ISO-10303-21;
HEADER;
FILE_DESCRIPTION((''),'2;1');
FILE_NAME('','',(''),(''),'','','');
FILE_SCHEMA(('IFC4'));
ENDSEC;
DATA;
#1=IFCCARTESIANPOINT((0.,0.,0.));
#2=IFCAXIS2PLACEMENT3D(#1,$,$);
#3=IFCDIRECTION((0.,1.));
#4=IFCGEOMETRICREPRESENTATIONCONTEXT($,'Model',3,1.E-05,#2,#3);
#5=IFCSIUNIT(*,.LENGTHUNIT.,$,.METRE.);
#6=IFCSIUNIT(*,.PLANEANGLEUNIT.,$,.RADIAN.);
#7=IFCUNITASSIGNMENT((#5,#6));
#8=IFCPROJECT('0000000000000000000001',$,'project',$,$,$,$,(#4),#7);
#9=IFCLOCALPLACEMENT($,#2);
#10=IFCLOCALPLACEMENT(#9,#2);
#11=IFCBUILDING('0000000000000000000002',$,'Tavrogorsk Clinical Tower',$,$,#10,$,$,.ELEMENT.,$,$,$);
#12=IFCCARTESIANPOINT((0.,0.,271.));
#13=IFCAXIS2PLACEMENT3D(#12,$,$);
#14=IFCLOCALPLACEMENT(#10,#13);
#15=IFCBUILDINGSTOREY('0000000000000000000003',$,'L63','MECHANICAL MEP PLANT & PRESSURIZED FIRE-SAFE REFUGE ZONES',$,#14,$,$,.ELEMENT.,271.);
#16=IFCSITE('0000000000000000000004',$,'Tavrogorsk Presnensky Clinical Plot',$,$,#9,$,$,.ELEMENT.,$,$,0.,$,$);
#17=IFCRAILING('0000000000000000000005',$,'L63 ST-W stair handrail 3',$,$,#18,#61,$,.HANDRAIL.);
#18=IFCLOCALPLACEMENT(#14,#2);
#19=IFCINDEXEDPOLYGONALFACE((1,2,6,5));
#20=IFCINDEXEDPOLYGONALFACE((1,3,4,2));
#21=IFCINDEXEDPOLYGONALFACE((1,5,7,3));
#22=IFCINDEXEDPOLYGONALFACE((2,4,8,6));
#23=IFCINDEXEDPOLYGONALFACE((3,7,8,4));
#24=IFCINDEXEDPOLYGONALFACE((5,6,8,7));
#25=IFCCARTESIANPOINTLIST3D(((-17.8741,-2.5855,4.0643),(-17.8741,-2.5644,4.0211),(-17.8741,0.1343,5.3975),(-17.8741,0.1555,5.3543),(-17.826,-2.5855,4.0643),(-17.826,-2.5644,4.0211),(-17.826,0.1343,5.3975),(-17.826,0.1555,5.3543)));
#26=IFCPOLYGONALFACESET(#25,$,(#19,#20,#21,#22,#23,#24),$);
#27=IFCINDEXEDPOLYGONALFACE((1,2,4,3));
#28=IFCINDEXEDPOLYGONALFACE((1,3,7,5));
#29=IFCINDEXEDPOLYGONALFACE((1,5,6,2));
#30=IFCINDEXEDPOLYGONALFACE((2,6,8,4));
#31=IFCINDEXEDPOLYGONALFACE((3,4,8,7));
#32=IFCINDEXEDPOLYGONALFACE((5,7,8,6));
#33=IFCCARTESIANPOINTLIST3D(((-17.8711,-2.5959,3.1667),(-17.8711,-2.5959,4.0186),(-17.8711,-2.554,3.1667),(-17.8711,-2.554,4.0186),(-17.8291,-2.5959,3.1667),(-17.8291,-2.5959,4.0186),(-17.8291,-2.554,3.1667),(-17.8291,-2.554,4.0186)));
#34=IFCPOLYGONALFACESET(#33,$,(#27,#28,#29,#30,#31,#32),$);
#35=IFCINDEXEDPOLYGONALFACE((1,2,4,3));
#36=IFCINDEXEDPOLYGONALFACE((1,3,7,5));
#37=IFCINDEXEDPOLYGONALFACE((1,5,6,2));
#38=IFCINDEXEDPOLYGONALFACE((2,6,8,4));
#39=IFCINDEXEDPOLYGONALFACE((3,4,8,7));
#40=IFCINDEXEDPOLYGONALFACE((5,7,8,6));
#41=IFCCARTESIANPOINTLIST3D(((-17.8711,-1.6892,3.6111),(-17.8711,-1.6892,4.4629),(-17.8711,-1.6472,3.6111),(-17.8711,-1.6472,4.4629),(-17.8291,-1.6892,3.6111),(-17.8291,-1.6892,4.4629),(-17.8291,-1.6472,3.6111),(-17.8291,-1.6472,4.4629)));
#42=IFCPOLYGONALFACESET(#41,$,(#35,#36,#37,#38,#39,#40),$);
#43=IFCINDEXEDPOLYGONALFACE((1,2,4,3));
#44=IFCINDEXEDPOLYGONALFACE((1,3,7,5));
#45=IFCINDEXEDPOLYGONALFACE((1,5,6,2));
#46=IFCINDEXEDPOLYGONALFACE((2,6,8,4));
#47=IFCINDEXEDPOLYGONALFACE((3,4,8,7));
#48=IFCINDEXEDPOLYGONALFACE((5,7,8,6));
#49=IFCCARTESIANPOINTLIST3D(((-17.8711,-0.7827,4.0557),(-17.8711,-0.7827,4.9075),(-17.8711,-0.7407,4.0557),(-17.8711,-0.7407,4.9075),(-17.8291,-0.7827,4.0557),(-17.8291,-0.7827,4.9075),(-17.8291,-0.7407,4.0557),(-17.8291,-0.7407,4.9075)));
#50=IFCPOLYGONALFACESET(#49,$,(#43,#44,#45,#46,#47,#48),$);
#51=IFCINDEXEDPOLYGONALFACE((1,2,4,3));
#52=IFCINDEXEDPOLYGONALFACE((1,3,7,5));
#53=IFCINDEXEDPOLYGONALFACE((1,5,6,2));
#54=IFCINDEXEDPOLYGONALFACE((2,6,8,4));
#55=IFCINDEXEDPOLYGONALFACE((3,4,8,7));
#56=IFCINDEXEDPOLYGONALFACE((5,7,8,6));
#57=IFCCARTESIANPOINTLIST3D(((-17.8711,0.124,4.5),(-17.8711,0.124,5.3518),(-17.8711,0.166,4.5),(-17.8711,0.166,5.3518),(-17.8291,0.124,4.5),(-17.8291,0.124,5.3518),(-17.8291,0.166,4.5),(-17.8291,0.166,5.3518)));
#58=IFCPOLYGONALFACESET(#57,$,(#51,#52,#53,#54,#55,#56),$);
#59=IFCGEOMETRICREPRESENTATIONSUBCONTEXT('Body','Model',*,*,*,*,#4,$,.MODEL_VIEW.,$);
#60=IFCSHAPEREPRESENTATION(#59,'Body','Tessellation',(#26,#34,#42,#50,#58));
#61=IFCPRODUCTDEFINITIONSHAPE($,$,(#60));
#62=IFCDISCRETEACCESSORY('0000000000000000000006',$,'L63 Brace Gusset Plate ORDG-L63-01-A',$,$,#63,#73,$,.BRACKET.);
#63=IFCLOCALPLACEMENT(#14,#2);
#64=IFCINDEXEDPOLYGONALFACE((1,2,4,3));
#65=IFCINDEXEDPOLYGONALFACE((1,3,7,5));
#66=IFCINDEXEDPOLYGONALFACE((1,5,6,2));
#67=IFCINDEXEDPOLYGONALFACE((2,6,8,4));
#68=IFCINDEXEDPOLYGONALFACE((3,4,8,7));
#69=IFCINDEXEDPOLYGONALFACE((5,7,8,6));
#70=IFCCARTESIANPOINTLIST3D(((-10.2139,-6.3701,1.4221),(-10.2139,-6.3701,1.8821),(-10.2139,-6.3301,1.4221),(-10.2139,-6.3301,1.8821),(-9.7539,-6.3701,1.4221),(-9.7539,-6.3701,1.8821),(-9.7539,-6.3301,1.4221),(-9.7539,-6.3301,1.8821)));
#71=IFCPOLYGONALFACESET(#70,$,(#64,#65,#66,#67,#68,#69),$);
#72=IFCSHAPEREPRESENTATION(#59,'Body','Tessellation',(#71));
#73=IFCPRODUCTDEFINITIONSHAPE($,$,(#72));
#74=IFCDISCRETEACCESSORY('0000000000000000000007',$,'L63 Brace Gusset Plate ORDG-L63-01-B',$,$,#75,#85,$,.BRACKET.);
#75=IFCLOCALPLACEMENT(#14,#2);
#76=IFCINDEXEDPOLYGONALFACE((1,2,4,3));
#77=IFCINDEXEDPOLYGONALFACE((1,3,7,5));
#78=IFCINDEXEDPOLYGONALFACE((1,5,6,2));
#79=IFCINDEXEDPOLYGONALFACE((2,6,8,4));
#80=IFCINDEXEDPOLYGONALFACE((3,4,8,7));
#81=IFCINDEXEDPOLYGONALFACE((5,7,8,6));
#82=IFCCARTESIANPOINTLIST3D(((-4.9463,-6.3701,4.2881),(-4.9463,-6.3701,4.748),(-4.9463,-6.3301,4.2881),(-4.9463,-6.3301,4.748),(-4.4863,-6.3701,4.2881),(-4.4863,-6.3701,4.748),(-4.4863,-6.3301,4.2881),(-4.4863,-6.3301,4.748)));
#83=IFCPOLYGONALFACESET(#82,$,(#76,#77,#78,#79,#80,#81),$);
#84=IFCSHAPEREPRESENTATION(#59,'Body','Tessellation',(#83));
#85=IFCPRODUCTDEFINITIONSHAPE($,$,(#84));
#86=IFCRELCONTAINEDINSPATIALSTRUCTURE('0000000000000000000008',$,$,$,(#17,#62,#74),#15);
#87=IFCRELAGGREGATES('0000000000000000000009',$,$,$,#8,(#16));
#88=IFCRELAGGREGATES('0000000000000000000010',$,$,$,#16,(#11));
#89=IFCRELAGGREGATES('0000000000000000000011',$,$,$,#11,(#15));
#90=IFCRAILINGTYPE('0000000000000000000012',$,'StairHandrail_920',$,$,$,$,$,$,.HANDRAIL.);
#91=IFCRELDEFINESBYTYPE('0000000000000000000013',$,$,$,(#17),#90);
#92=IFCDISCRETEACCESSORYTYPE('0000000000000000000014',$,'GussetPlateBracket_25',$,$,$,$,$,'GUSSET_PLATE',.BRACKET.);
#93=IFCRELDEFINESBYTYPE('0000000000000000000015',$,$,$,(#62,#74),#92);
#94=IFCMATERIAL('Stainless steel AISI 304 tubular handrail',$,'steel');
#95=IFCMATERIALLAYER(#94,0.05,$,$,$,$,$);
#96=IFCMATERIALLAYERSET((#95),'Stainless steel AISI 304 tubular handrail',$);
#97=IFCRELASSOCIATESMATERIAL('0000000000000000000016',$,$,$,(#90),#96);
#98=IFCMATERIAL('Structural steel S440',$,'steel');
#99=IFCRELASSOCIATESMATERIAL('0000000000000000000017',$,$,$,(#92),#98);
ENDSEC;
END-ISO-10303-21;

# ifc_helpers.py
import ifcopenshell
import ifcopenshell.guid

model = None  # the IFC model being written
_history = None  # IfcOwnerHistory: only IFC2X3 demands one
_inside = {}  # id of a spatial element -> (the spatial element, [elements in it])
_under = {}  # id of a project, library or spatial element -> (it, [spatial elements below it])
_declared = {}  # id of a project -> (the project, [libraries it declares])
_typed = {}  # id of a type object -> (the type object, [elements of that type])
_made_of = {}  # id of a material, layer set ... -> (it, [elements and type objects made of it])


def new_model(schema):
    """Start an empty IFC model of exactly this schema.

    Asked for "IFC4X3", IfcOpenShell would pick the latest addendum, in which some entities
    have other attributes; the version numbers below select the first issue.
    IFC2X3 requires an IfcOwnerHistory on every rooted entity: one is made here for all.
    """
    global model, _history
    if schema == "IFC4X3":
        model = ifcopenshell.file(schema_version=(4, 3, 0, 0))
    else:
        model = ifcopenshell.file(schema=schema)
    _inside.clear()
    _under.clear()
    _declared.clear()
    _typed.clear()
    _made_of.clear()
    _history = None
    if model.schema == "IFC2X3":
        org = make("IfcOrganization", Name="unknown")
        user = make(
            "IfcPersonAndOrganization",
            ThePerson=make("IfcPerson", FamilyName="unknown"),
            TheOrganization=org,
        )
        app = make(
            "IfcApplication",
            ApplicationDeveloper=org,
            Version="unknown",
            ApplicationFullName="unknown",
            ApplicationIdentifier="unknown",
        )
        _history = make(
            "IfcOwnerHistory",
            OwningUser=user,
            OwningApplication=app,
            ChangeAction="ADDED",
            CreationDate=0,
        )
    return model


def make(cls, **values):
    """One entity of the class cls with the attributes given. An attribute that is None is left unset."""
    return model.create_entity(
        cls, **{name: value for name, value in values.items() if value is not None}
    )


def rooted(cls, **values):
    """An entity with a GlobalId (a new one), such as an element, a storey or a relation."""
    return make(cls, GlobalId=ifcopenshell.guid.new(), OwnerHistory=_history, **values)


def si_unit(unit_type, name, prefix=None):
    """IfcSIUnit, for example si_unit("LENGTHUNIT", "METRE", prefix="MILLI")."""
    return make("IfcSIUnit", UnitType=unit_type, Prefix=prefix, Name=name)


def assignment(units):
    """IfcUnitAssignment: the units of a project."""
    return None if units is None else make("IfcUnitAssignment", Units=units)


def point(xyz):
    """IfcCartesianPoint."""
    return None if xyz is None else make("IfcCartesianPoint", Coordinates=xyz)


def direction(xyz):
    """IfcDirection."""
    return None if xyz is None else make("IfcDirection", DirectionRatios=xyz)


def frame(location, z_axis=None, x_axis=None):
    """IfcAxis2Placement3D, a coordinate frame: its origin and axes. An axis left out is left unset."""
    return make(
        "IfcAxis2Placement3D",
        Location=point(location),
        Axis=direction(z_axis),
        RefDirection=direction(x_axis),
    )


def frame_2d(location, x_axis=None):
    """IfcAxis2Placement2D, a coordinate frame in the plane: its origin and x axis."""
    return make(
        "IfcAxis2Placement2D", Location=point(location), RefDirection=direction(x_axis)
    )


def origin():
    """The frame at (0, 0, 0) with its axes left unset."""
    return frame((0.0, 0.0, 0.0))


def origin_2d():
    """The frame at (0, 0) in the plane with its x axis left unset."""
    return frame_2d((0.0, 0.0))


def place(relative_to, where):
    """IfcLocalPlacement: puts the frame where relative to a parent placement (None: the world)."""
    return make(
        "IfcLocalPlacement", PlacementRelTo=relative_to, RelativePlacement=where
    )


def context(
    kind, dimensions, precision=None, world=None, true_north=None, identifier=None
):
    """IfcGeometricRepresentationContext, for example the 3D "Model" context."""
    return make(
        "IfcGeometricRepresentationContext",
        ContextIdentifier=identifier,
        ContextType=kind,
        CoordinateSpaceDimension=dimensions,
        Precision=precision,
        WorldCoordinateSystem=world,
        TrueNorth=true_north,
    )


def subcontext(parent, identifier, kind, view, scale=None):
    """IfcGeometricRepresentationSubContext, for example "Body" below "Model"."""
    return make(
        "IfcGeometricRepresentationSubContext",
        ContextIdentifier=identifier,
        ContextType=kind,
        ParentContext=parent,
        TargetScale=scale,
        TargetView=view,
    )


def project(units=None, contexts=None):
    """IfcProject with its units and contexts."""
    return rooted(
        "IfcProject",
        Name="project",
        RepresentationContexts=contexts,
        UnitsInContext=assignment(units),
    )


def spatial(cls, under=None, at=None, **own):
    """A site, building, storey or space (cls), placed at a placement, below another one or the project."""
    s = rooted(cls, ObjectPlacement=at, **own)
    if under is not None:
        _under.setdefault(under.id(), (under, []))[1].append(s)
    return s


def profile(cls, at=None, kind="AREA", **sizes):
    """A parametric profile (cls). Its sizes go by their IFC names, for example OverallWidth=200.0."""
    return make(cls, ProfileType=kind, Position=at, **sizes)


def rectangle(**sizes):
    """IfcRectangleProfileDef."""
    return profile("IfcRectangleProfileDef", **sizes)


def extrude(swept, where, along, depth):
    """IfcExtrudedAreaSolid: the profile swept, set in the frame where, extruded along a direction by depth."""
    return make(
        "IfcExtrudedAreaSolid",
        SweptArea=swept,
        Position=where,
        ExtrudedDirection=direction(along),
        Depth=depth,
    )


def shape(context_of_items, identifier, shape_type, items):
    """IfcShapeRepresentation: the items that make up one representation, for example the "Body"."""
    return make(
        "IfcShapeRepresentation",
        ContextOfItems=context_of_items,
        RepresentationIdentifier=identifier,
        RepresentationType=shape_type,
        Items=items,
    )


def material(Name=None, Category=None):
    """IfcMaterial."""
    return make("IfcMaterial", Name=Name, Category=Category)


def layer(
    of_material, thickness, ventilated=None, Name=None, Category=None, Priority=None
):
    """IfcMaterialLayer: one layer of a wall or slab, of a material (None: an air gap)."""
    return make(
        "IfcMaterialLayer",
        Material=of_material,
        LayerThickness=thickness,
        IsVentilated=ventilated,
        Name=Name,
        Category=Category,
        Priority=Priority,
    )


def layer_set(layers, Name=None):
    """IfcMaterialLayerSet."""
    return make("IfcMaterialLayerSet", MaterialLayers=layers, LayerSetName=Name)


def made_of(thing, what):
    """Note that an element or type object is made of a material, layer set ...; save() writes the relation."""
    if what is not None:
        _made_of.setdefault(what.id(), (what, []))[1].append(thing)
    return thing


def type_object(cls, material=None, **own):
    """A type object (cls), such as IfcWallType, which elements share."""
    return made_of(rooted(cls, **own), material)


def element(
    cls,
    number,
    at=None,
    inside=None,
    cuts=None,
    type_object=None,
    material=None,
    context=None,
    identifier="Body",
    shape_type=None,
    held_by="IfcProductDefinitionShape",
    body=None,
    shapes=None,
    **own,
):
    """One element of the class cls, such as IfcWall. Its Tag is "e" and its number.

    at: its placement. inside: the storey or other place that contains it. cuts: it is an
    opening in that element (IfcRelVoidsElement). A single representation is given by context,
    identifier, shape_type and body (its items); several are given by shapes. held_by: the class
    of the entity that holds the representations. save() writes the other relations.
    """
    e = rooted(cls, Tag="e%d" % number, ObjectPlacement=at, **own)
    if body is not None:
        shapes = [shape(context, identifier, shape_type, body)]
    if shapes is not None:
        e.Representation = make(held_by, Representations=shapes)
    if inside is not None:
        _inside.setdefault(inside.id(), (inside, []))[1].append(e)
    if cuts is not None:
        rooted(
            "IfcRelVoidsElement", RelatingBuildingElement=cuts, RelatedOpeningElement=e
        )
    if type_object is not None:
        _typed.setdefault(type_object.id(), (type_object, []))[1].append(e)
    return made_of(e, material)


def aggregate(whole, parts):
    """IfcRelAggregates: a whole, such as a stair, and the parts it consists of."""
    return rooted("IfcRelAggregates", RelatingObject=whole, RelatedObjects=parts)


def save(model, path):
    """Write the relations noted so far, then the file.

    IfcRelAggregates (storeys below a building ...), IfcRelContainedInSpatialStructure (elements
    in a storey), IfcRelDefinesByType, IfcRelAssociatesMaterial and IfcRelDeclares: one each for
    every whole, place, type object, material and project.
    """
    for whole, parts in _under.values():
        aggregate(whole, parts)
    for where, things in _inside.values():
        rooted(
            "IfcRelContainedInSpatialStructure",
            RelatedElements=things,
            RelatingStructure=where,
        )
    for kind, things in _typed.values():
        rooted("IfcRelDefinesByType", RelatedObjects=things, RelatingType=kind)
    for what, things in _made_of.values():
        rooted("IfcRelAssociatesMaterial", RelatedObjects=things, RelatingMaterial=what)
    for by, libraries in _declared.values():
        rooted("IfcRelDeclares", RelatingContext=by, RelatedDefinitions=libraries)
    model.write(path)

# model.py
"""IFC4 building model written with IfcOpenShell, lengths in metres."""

from ifc_helpers import new_model, si_unit, direction, frame, origin, origin_2d, place, context, subcontext, project, spatial, rectangle, extrude, material, layer, layer_set, type_object, element, save


model = new_model("IFC4")

# Units and contexts
model_context = context("Model", 3, precision=1e-05, world=origin(), true_north=direction((0.0, 1.0)))
body_context = subcontext(model_context, "Body", "Model", "MODEL_VIEW")
ifc_project = project(units=[si_unit("LENGTHUNIT", "METRE"), si_unit("PLANEANGLEUNIT", "RADIAN")], contexts=[model_context])

# Site, building, storey
site_placement = place(None, origin())
site = spatial("IfcSite", under=ifc_project, at=site_placement, Name="Tavrogorsk Presnensky Clinical Plot", CompositionType="ELEMENT", RefElevation=0.0)
building_placement = place(site_placement, origin())
building = spatial("IfcBuilding", under=site, at=building_placement, Name="Tavrogorsk Clinical Tower", CompositionType="ELEMENT")
storey_placement = place(building_placement, frame((0.0, 0.0, 271.0)))
storey = spatial("IfcBuildingStorey", under=building, at=storey_placement, Name="L63", Description="MECHANICAL MEP PLANT & PRESSURIZED FIRE-SAFE REFUGE ZONES", CompositionType="ELEMENT", Elevation=271.0)

# Railing
ifc_material_1 = material(Name="Stainless steel AISI 304 tubular handrail", Category="steel")
ifc_layer_1 = layer(ifc_material_1, 0.05)
ifc_layer_set_1 = layer_set([ifc_layer_1], Name="Stainless steel AISI 304 tubular handrail")
railing_type_1 = type_object("IfcRailingType", Name="StairHandrail_920", PredefinedType="HANDRAIL", material=ifc_layer_set_1)
for number, where, name in (
    (1, (-17.8501, -2.575, 3.1667), "L63 ST-W stair handrail 3"),
):
    element("IfcRailing", number, at=place(storey_placement, frame(where)), inside=storey, type_object=railing_type_1, Name=name, PredefinedType="HANDRAIL", context=body_context, shape_type="SweptSolid", body=[
        extrude(rectangle(XDim=0.0481, YDim=0.0481, at=origin_2d()), frame((0.0, 0.0, 0.876), z_axis=(0.0, 0.897929, 0.440139), x_axis=(-1.0, 0.0, 0.0)), (0.0, 0.0, 1.0), 3.0291),
        extrude(rectangle(XDim=0.042, YDim=0.042, at=origin_2d()), origin(), (0.0, 0.0, 1.0), 0.8518),
        extrude(rectangle(XDim=0.042, YDim=0.042, at=origin_2d()), frame((0.0, 0.9067, 0.4443)), (0.0, 0.0, 1.0), 0.8518),
        extrude(rectangle(XDim=0.042, YDim=0.042, at=origin_2d()), frame((0.0, 1.8132, 0.8889)), (0.0, 0.0, 1.0), 0.8518),
        extrude(rectangle(XDim=0.042, YDim=0.042, at=origin_2d()), frame((0.0, 2.72, 1.3333)), (0.0, 0.0, 1.0), 0.8518),
    ])

# Discrete accessories
ifc_material_2 = material(Name="Structural steel S440", Category="steel")
discrete_accessory_type = type_object("IfcDiscreteAccessoryType", Name="GussetPlateBracket_25", ElementType="GUSSET_PLATE", PredefinedType="BRACKET", material=ifc_material_2)
for number, where, z_axis, x_axis, name in (
    (2, (-9.9839, -6.3501, 1.4221), (0.0, 0.0, 1.0), (1.0, 0.0, 0.0), "L63 Brace Gusset Plate ORDG-L63-01-A"),
    (3, (-4.7163, -6.3501, 4.2881), (0.0, 0.0, 1.0), (1.0, 0.0, 0.0), "L63 Brace Gusset Plate ORDG-L63-01-B"),
):
    element("IfcDiscreteAccessory", number, at=place(storey_placement, frame(where, z_axis=z_axis, x_axis=x_axis)), inside=storey, type_object=discrete_accessory_type, Name=name, PredefinedType="BRACKET", context=body_context, shape_type="SweptSolid", body=[
        extrude(rectangle(XDim=0.46, YDim=0.04, at=origin_2d()), origin(), (0.0, 0.0, 1.0), 0.46),
    ])

save(model, "model.ifc")
